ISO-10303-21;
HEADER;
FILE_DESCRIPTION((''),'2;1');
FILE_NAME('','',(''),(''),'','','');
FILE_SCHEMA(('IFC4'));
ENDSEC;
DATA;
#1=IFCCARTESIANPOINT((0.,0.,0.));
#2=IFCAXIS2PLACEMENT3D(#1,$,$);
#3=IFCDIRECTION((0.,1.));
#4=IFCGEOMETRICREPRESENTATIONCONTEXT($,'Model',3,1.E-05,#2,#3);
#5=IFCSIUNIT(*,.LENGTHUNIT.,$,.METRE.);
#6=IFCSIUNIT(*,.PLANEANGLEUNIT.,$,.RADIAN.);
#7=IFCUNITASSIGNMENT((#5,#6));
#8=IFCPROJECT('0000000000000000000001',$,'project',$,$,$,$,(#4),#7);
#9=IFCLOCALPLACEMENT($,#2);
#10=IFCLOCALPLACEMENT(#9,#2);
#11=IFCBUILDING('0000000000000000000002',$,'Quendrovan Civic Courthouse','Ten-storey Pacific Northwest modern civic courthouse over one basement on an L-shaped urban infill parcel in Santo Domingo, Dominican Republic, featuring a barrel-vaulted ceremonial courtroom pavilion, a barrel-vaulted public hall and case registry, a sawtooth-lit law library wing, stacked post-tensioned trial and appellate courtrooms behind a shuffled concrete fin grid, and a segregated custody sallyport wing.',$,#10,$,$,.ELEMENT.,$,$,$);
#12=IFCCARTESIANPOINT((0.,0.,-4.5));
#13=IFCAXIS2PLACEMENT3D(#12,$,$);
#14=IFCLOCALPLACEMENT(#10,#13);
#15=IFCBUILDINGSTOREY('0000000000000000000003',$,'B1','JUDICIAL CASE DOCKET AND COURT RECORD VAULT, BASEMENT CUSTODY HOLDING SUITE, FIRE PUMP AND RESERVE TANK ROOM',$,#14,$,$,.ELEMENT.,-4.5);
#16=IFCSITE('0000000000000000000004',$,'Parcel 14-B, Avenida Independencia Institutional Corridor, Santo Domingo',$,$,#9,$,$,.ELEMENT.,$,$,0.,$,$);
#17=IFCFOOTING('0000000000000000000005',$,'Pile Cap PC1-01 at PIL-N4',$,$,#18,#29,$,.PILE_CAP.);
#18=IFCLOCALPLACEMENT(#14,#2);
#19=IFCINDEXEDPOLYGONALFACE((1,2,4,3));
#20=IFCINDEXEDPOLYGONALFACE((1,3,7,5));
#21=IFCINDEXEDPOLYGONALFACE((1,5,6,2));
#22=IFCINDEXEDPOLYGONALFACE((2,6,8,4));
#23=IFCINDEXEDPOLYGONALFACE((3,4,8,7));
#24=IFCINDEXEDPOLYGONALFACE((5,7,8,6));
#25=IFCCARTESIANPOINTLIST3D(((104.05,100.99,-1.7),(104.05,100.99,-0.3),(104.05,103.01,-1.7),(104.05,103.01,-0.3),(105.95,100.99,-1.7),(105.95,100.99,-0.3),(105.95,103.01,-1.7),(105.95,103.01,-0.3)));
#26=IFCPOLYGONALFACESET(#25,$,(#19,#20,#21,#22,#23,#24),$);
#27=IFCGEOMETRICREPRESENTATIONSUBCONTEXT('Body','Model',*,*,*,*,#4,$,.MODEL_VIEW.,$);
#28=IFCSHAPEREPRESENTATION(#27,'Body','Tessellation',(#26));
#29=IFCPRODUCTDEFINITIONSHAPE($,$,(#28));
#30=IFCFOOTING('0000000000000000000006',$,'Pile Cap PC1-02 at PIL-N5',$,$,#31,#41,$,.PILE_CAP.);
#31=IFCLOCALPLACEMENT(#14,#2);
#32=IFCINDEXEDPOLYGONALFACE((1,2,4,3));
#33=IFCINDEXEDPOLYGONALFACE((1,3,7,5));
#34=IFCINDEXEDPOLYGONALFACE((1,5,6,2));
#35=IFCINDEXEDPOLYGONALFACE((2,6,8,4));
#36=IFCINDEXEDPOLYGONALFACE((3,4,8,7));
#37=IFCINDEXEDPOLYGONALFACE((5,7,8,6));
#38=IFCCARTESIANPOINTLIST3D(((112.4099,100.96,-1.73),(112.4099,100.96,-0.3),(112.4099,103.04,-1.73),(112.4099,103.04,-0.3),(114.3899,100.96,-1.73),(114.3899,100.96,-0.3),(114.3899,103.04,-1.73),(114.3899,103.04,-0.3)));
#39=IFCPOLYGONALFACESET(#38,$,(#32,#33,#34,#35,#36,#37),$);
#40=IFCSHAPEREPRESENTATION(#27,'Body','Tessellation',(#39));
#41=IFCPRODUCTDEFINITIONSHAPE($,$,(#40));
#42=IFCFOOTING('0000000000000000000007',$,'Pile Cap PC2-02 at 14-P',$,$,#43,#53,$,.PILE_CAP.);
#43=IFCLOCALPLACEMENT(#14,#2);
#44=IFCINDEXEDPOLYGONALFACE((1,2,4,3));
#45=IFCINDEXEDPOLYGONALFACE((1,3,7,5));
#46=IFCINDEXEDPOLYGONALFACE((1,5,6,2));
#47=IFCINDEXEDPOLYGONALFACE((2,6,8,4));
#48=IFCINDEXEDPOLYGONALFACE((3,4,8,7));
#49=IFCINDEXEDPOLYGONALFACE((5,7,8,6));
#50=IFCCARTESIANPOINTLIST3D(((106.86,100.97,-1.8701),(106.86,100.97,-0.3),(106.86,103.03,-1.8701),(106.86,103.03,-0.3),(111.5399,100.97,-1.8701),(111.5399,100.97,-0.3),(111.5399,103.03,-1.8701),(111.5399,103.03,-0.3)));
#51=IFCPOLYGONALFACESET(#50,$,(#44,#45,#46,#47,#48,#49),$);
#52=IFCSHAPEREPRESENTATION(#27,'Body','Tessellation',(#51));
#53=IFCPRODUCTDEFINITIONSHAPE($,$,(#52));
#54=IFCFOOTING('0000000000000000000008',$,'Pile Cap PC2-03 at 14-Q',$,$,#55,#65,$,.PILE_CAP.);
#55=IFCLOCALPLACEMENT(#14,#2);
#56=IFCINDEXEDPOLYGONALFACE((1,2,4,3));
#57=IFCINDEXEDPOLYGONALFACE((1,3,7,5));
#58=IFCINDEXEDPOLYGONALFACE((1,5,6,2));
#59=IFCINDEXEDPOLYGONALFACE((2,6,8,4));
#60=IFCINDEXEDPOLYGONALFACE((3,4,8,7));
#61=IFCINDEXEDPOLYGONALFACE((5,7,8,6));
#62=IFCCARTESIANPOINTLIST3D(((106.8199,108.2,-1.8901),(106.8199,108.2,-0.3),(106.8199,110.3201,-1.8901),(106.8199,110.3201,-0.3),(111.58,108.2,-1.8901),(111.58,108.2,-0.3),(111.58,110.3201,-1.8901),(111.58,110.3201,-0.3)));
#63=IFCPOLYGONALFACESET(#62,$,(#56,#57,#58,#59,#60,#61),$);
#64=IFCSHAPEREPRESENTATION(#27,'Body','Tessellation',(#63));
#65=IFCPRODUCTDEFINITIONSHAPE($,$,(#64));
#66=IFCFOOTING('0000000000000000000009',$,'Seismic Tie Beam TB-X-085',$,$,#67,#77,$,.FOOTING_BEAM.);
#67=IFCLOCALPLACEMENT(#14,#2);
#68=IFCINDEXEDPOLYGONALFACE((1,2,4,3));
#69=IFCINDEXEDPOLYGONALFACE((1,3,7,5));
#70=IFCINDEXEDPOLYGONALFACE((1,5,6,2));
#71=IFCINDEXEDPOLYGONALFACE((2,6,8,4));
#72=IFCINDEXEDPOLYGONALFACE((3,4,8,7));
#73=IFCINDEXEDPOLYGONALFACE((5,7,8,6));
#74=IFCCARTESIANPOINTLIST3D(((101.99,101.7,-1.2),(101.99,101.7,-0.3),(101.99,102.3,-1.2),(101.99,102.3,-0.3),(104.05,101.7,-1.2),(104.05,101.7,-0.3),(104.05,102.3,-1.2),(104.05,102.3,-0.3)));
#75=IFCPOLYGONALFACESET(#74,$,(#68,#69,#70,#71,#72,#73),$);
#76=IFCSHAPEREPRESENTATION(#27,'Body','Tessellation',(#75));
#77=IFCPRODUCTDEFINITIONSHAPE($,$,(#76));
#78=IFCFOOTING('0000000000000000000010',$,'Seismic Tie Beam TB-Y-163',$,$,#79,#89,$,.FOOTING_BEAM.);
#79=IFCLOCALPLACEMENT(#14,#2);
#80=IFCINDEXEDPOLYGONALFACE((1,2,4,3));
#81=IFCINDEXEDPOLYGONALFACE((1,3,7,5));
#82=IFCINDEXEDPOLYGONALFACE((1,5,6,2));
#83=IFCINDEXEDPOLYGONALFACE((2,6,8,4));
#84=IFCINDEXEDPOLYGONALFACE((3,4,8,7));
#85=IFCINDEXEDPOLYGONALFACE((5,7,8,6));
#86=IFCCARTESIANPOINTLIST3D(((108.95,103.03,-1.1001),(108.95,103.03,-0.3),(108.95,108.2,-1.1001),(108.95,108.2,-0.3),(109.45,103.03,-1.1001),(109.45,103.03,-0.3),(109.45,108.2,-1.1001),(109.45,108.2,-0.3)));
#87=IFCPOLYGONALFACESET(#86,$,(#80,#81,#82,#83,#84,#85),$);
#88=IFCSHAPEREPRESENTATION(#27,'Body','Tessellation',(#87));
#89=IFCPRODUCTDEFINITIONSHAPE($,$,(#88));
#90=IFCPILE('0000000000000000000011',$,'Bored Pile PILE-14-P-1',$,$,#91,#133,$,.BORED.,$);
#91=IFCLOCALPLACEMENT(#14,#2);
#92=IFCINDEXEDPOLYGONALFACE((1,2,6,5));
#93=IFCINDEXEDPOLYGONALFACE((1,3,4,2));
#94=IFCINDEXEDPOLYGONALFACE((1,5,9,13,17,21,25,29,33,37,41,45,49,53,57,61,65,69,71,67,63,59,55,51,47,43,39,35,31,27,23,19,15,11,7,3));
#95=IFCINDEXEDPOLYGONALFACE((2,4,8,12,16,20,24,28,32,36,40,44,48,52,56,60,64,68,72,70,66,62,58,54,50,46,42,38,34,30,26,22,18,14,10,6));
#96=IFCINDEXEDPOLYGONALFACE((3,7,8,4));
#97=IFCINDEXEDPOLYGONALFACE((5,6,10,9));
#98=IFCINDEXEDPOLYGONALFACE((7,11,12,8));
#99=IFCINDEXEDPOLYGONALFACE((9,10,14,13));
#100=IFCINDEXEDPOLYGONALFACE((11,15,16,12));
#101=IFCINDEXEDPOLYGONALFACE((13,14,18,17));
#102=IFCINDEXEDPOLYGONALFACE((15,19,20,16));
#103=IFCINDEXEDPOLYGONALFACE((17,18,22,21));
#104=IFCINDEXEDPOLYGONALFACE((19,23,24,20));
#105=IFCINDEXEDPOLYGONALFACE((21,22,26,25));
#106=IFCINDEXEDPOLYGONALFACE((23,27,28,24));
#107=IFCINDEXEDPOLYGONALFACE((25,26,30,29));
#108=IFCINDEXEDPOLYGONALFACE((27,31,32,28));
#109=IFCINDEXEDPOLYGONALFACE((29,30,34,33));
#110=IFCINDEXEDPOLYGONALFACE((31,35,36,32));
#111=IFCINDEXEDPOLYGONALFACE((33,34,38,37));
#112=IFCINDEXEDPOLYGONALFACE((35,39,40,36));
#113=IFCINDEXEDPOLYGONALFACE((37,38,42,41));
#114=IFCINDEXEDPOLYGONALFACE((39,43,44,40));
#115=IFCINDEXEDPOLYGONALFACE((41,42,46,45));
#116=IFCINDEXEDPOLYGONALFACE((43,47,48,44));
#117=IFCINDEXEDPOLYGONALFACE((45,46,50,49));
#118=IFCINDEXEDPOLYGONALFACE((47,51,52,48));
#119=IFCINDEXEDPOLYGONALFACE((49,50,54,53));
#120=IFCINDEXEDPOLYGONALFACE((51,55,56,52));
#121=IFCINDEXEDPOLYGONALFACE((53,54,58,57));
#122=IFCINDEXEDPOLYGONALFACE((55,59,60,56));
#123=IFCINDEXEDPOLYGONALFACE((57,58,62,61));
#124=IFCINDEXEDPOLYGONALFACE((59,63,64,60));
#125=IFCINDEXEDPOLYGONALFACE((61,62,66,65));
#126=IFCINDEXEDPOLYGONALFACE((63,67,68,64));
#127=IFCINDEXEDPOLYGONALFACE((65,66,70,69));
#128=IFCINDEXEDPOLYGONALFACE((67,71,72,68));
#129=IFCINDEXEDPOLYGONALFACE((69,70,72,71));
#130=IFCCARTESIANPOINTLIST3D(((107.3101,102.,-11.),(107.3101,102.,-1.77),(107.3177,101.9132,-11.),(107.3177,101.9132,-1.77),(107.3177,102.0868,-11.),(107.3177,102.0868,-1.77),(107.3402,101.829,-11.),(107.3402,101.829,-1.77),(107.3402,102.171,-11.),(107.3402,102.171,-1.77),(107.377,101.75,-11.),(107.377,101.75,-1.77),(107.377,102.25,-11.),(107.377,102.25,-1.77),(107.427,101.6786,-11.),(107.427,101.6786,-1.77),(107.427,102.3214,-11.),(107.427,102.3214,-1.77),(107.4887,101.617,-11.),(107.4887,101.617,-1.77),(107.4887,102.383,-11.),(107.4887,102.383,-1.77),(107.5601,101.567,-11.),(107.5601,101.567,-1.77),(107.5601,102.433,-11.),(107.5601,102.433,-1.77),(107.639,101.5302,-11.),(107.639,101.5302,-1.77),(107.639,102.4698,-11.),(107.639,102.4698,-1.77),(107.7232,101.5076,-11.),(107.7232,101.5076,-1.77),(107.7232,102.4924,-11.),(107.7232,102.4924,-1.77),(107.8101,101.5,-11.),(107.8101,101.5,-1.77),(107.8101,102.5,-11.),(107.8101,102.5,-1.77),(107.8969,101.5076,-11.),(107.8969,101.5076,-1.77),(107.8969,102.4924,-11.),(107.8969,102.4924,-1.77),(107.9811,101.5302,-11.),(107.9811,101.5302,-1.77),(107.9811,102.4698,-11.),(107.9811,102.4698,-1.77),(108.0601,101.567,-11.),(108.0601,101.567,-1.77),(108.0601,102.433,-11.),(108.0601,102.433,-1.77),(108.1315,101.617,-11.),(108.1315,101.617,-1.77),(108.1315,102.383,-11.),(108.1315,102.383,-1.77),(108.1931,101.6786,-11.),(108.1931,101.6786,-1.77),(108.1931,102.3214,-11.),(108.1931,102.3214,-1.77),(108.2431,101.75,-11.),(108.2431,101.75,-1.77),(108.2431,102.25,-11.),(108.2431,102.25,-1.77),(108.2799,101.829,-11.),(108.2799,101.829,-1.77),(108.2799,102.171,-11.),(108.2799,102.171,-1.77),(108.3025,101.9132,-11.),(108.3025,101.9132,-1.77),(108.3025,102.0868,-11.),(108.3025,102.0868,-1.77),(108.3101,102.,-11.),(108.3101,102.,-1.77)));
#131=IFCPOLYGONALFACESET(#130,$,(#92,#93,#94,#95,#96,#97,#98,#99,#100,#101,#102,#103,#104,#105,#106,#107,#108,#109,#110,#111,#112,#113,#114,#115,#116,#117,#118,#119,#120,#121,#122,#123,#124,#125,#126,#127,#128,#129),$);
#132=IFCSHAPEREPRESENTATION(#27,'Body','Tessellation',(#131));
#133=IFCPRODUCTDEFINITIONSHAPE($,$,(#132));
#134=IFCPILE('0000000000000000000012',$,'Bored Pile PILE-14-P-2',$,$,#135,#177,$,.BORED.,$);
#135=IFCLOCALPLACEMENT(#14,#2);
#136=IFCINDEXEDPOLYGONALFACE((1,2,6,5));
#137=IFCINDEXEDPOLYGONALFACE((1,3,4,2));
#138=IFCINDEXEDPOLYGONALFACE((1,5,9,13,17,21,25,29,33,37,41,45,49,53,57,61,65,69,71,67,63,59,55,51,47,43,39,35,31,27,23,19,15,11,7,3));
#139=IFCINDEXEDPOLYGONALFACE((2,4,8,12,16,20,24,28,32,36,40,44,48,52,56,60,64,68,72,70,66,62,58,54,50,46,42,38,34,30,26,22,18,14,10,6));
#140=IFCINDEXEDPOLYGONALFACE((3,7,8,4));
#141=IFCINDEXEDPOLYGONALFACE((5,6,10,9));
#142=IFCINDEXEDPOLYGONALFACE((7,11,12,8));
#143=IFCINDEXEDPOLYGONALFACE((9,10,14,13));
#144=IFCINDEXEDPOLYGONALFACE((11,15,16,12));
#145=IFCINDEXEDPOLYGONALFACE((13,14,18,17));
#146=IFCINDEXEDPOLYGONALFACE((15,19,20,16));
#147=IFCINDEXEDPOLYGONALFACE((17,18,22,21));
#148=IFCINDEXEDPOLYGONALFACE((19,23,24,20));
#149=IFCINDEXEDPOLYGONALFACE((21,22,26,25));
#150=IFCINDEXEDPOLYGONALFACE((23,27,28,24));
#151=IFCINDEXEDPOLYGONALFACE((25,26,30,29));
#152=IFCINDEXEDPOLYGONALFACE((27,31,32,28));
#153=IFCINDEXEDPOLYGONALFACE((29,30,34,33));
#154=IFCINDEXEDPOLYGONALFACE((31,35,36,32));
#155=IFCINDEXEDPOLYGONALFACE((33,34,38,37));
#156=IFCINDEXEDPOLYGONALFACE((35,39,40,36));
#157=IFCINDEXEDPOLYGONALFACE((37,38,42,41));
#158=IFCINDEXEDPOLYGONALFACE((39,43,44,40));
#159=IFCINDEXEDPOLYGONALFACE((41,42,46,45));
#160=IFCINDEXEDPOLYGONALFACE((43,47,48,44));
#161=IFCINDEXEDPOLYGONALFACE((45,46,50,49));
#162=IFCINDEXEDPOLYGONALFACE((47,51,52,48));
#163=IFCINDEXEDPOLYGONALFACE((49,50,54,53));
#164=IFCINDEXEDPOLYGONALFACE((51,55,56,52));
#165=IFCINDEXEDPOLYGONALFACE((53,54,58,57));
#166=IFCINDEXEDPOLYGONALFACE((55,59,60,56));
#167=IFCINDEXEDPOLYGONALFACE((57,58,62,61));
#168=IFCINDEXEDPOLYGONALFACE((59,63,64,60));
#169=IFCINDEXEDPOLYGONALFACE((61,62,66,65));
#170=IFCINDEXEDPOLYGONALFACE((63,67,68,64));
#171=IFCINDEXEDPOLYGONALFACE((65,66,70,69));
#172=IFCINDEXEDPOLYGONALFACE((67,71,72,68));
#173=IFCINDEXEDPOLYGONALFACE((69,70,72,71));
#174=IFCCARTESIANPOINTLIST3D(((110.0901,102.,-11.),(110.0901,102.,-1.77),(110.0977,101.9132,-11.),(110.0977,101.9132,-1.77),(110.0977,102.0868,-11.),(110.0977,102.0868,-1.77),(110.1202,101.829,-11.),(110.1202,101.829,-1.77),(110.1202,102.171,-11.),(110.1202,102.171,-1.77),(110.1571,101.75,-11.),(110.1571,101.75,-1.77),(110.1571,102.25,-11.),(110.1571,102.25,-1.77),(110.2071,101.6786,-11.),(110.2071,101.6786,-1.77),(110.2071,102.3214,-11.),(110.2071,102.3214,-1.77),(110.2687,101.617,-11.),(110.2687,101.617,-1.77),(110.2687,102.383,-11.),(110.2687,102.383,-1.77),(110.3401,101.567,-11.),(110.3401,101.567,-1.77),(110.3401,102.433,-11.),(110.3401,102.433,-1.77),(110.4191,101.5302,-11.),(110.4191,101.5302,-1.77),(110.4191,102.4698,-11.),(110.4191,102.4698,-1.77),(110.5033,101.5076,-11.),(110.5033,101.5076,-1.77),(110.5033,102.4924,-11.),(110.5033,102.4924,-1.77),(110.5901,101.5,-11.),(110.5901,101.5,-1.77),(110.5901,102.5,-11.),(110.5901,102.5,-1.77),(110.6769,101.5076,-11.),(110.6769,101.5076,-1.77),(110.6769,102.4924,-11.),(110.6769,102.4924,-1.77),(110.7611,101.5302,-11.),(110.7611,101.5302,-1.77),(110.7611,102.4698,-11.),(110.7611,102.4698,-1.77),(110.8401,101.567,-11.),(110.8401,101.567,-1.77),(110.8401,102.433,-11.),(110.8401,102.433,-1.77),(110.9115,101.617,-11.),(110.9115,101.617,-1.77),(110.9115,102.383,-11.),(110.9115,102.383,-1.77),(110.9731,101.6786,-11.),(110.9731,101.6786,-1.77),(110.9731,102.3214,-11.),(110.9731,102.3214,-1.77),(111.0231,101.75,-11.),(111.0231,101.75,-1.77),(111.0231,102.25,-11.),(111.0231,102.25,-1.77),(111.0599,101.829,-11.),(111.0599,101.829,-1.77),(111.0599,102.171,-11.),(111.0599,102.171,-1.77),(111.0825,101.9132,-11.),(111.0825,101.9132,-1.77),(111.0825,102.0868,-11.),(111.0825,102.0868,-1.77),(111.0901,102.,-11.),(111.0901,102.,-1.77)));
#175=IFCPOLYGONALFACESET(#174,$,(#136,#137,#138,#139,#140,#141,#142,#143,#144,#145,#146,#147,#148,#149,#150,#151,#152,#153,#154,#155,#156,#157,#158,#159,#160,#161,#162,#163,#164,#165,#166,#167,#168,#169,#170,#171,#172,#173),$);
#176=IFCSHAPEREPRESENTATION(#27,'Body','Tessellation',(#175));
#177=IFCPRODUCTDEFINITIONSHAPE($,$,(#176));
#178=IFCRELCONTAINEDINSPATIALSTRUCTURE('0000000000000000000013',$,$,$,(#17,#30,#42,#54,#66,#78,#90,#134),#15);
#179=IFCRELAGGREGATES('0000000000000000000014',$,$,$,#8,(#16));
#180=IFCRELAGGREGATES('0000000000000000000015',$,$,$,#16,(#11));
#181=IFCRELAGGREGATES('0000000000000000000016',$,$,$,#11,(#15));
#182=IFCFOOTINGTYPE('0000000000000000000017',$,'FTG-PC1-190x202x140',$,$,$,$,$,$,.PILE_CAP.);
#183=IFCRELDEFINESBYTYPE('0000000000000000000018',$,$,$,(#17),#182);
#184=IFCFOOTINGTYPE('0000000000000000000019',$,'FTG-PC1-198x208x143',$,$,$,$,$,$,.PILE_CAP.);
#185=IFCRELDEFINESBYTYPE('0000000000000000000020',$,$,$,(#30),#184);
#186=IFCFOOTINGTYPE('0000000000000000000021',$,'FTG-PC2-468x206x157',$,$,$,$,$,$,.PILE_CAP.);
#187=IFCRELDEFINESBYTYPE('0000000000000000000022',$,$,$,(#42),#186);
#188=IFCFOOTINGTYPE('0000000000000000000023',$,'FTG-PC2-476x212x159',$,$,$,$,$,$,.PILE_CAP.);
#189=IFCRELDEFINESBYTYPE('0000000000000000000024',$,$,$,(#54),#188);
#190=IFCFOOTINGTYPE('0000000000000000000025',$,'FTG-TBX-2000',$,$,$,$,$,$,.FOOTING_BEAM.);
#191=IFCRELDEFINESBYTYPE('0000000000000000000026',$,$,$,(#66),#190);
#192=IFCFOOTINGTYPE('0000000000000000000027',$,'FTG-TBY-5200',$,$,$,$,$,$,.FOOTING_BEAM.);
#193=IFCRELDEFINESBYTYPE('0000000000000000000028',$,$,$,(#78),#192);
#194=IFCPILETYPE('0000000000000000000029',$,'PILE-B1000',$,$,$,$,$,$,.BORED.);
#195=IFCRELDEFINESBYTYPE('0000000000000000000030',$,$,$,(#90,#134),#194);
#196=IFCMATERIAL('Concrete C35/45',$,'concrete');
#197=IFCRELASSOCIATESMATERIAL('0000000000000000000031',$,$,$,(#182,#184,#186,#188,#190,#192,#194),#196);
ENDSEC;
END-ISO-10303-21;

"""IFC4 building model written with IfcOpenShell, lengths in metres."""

from ifc_helpers import new_model, si_unit, direction, frame, origin, origin_2d, place, context, subcontext, project, spatial, rectangle, circle, extrude, material, material_profile, profile_set, type_object, element, save


model = new_model("IFC4")

# Units and contexts
model_context = context("Model", 3, precision=1e-05, world=origin(), true_north=direction((0.0, 1.0)))
body_context = subcontext(model_context, "Body", "Model", "MODEL_VIEW")
ifc_project = project(units=[si_unit("LENGTHUNIT", "METRE"), si_unit("PLANEANGLEUNIT", "RADIAN")], contexts=[model_context])

# Site, building, storey
site_placement = place(None, origin())
site = spatial("IfcSite", under=ifc_project, at=site_placement, Name="Parcel 14-B, Avenida Independencia Institutional Corridor, Santo Domingo", CompositionType="ELEMENT", RefElevation=0.0)
building_placement = place(site_placement, origin())
building = spatial("IfcBuilding", under=site, at=building_placement, Name="Quendrovan Civic Courthouse", Description="Ten-storey Pacific Northwest modern civic courthouse over one basement on an L-shaped urban infill parcel in Santo Domingo, Dominican Republic, featuring a barrel-vaulted ceremonial courtroom pavilion, a barrel-vaulted public hall and case registry, a sawtooth-lit law library wing, stacked post-tensioned trial and appellate courtrooms behind a shuffled concrete fin grid, and a segregated custody sallyport wing.", CompositionType="ELEMENT")
storey_placement = place(building_placement, frame((0.0, 0.0, -4.5)))
storey = spatial("IfcBuildingStorey", under=building, at=storey_placement, Name="B1", Description="JUDICIAL CASE DOCKET AND COURT RECORD VAULT, BASEMENT CUSTODY HOLDING SUITE, FIRE PUMP AND RESERVE TANK ROOM", CompositionType="ELEMENT", Elevation=-4.5)

# Footings
ifc_material_1 = material(Name="Concrete C35/45", Category="concrete")
footing_type_1 = type_object("IfcFootingType", Name="FTG-PC1-190x202x140", PredefinedType="PILE_CAP", material=ifc_material_1)
footing_1_placement = place(storey_placement, frame((105.0, 102.0, -1.7), z_axis=(0.0, 0.0, 1.0), x_axis=(1.0, 0.0, 0.0)))
element("IfcFooting", 1, at=footing_1_placement, inside=storey, type_object=footing_type_1, Name="Pile Cap PC1-01 at PIL-N4", PredefinedType="PILE_CAP", context=body_context, shape_type="SweptSolid", body=[
    extrude(rectangle(XDim=1.8999, YDim=2.02, at=origin_2d()), origin(), (0.0, 0.0, 1.0), 1.3999),
])
footing_type_2 = type_object("IfcFootingType", Name="FTG-PC1-198x208x143", PredefinedType="PILE_CAP", material=ifc_material_1)
footing_2_placement = place(storey_placement, frame((113.3999, 102.0, -1.73), z_axis=(0.0, 0.0, 1.0), x_axis=(1.0, 0.0, 0.0)))
element("IfcFooting", 2, at=footing_2_placement, inside=storey, type_object=footing_type_2, Name="Pile Cap PC1-02 at PIL-N5", PredefinedType="PILE_CAP", context=body_context, shape_type="SweptSolid", body=[
    extrude(rectangle(XDim=1.98, YDim=2.0801, at=origin_2d()), origin(), (0.0, 0.0, 1.0), 1.4299),
])
footing_type_3 = type_object("IfcFootingType", Name="FTG-PC2-468x206x157", PredefinedType="PILE_CAP", material=ifc_material_1)
footing_3_placement = place(storey_placement, frame((109.2, 102.0, -1.8701), z_axis=(0.0, 0.0, 1.0), x_axis=(1.0, 0.0, 0.0)))
element("IfcFooting", 3, at=footing_3_placement, inside=storey, type_object=footing_type_3, Name="Pile Cap PC2-02 at 14-P", PredefinedType="PILE_CAP", context=body_context, shape_type="SweptSolid", body=[
    extrude(rectangle(XDim=4.6799, YDim=2.0601, at=origin_2d()), origin(), (0.0, 0.0, 1.0), 1.5701),
])
footing_type_4 = type_object("IfcFootingType", Name="FTG-PC2-476x212x159", PredefinedType="PILE_CAP", material=ifc_material_1)
footing_4_placement = place(storey_placement, frame((109.2, 109.26, -1.8901), z_axis=(0.0, 0.0, 1.0), x_axis=(1.0, 0.0, 0.0)))
element("IfcFooting", 4, at=footing_4_placement, inside=storey, type_object=footing_type_4, Name="Pile Cap PC2-03 at 14-Q", PredefinedType="PILE_CAP", context=body_context, shape_type="SweptSolid", body=[
    extrude(rectangle(XDim=4.76, YDim=2.1201, at=origin_2d()), origin(), (0.0, 0.0, 1.0), 1.5901),
])
footing_type_5 = type_object("IfcFootingType", Name="FTG-TBX-2000", PredefinedType="FOOTING_BEAM", material=ifc_material_1)
footing_5_placement = place(storey_placement, frame((103.02, 102.0, -1.2), z_axis=(0.0, 0.0, 1.0), x_axis=(1.0, 0.0, 0.0)))
element("IfcFooting", 5, at=footing_5_placement, inside=storey, type_object=footing_type_5, Name="Seismic Tie Beam TB-X-085", PredefinedType="FOOTING_BEAM", context=body_context, shape_type="SweptSolid", body=[
    extrude(rectangle(XDim=2.0601, YDim=0.6001, at=origin_2d()), origin(), (0.0, 0.0, 1.0), 0.8999),
])
footing_type_6 = type_object("IfcFootingType", Name="FTG-TBY-5200", PredefinedType="FOOTING_BEAM", material=ifc_material_1)
footing_6_placement = place(storey_placement, frame((109.2, 105.615, -1.1001), z_axis=(0.0, 0.0, 1.0), x_axis=(1.0, 0.0, 0.0)))
element("IfcFooting", 6, at=footing_6_placement, inside=storey, type_object=footing_type_6, Name="Seismic Tie Beam TB-Y-163", PredefinedType="FOOTING_BEAM", context=body_context, shape_type="SweptSolid", body=[
    extrude(rectangle(XDim=0.5, YDim=5.1699, at=origin_2d()), origin(), (0.0, 0.0, 1.0), 0.8),
])

# Piles
ifc_material_profile_1 = material_profile(ifc_material_1, circle(Radius=0.5, at=origin_2d()), Name="PILE-D1000")
ifc_profile_set_1 = profile_set([ifc_material_profile_1], Name="Concrete C35/45")
pile_type = type_object("IfcPileType", Name="PILE-B1000", PredefinedType="BORED", material=ifc_profile_set_1)
for number, where, z_axis, x_axis, name in (
    (7, (107.8101, 102.0, -1.77), (0.0, 0.0, -1.0), (1.0, 0.0, 0.0), "Bored Pile PILE-14-P-1"),
    (8, (110.5901, 102.0, -1.77), (0.0, 0.0, -1.0), (1.0, 0.0, 0.0), "Bored Pile PILE-14-P-2"),
):
    element("IfcPile", number, at=place(storey_placement, frame(where, z_axis=z_axis, x_axis=x_axis)), inside=storey, type_object=pile_type, Name=name, PredefinedType="BORED", context=body_context, shape_type="SweptSolid", body=[
        extrude(circle(Radius=0.5, at=origin_2d()), origin(), (0.0, 0.0, 1.0), 9.23),
    ])

save(model, "model.ifc")
